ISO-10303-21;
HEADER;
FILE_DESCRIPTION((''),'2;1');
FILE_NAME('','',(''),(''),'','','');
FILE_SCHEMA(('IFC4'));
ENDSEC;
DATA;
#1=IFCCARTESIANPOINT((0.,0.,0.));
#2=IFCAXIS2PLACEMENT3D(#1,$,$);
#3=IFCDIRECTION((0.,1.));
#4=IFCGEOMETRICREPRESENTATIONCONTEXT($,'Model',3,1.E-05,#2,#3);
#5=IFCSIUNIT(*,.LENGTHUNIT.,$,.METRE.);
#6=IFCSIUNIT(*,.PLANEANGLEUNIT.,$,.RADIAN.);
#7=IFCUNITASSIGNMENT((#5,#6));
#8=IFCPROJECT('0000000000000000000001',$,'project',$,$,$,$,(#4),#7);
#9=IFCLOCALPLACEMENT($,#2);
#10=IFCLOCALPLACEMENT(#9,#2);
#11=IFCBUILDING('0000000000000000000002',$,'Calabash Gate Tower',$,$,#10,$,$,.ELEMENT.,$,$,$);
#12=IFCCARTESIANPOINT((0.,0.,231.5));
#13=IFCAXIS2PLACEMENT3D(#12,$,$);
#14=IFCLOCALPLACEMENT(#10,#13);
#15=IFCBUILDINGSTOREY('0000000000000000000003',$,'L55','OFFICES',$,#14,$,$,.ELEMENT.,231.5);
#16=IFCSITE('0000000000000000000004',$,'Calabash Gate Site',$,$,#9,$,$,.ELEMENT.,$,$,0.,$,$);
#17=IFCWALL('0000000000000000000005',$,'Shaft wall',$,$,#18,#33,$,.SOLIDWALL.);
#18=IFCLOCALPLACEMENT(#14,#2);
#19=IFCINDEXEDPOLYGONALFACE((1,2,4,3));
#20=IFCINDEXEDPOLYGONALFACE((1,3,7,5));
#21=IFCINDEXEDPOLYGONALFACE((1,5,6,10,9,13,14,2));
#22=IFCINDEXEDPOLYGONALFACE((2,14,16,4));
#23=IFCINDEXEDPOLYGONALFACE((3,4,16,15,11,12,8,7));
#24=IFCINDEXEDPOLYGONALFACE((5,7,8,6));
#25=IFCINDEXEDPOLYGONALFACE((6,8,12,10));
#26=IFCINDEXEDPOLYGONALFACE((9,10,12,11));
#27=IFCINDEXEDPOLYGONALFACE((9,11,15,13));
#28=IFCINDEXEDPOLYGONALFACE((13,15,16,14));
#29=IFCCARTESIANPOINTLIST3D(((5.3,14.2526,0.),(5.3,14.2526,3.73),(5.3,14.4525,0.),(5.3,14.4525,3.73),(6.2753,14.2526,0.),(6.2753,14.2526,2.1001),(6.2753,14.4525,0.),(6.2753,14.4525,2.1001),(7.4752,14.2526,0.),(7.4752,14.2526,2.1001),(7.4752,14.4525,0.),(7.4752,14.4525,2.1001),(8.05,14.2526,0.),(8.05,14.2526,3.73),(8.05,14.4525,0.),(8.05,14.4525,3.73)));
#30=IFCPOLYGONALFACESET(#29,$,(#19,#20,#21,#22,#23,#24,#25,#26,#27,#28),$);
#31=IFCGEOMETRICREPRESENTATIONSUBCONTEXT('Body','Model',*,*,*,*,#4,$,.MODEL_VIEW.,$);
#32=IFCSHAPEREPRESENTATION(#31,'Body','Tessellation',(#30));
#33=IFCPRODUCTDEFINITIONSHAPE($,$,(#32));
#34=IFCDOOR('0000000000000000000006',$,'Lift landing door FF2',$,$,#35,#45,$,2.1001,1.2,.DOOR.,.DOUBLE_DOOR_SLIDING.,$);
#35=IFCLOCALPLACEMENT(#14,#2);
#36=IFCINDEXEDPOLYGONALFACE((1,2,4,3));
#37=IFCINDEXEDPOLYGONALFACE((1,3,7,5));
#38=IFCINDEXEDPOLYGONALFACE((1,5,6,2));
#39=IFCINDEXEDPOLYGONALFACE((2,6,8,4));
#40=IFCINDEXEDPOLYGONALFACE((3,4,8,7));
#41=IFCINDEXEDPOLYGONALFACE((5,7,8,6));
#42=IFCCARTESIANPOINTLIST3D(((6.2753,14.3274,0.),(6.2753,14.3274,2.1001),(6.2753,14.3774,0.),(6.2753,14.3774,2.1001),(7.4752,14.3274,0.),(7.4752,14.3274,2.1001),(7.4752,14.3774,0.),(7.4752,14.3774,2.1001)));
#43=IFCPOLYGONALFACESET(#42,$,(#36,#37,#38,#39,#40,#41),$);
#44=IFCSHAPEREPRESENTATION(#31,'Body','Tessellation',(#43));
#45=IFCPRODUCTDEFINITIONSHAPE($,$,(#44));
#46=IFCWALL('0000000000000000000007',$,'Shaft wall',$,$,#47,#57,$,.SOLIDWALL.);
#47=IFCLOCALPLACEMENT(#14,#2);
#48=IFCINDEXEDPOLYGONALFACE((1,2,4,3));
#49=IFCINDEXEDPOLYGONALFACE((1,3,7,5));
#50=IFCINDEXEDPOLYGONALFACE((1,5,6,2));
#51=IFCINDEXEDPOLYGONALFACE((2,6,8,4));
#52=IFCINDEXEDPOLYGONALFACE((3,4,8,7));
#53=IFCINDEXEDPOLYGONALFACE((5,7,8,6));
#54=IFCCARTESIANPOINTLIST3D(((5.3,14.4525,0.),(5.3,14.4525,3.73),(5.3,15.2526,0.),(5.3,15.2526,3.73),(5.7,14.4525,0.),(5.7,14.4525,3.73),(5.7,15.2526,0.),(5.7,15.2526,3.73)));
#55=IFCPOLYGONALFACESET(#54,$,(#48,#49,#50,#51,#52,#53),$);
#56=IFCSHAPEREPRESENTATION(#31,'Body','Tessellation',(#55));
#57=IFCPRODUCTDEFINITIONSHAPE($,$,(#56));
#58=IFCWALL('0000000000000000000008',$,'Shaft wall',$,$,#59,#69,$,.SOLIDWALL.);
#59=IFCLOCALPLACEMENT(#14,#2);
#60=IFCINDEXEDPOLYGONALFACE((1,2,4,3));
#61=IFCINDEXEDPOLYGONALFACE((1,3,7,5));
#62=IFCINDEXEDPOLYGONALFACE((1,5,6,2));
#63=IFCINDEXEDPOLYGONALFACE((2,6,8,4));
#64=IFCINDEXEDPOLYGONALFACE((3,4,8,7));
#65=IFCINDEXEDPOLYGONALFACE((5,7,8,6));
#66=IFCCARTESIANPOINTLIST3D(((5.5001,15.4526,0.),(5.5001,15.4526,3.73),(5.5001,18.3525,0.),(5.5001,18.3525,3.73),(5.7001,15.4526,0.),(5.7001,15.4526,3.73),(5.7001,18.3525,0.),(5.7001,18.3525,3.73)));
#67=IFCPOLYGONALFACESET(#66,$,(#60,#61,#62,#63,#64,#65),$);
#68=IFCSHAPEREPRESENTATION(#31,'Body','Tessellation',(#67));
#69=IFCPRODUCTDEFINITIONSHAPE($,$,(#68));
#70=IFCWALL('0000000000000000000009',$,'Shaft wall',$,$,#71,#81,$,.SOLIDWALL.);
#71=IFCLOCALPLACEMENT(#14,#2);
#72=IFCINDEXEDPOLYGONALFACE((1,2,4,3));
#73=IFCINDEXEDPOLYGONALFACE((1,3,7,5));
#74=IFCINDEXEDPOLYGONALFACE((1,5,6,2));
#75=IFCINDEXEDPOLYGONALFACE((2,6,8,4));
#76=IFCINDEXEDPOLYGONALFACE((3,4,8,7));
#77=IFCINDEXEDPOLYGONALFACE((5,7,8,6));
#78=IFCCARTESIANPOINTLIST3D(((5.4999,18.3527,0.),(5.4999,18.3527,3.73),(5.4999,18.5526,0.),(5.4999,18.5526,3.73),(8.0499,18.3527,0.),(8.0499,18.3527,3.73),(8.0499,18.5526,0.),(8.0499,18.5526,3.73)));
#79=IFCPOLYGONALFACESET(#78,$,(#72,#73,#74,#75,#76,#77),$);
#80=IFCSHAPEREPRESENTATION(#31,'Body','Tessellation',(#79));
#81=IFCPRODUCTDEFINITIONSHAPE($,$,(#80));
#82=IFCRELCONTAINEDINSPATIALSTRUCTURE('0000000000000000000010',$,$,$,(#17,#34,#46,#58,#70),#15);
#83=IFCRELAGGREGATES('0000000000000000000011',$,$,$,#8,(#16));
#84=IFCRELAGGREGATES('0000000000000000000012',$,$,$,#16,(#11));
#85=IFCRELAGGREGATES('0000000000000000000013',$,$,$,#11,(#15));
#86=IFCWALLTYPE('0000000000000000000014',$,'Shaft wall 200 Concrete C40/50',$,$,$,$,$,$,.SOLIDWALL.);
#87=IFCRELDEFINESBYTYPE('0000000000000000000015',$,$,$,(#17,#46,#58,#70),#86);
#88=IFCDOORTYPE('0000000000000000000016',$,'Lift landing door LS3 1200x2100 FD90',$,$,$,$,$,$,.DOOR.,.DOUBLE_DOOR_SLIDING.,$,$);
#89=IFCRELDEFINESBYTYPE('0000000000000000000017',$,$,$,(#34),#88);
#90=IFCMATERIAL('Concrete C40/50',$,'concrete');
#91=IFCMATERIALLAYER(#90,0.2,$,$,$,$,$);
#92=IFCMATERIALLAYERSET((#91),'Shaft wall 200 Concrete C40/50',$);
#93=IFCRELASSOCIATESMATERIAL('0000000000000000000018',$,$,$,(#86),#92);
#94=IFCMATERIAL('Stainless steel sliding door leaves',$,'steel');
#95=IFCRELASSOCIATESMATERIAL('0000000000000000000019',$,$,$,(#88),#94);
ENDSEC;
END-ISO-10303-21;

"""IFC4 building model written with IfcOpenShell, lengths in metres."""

from ifc_helpers import new_model, si_unit, direction, frame, frame_2d, origin, place, context, subcontext, project, spatial, rectangle, extrude, material, layer, layer_set, type_object, element, fill, save


model = new_model("IFC4")

# Units and contexts
model_context = context("Model", 3, precision=1e-05, world=origin(), true_north=direction((0.0, 1.0)))
body_context = subcontext(model_context, "Body", "Model", "MODEL_VIEW")
ifc_project = project(units=[si_unit("LENGTHUNIT", "METRE"), si_unit("PLANEANGLEUNIT", "RADIAN")], contexts=[model_context])

# Site, building, storey
site_placement = place(None, origin())
site = spatial("IfcSite", under=ifc_project, at=site_placement, Name="Calabash Gate Site", CompositionType="ELEMENT", RefElevation=0.0)
building_placement = place(site_placement, origin())
building = spatial("IfcBuilding", under=site, at=building_placement, Name="Calabash Gate Tower", CompositionType="ELEMENT")
storey_placement = place(building_placement, frame((0.0, 0.0, 231.5)))
storey = spatial("IfcBuildingStorey", under=building, at=storey_placement, Name="L55", Description="OFFICES", CompositionType="ELEMENT", Elevation=231.5)

# Shared definitions
ifc_material_1 = material(Name="Concrete C40/50", Category="concrete")
ifc_layer_1 = layer(ifc_material_1, 0.2)
ifc_layer_set_1 = layer_set([ifc_layer_1], Name="Shaft wall 200 Concrete C40/50")
wall_type_1 = type_object("IfcWallType", Name="Shaft wall 200 Concrete C40/50", PredefinedType="SOLIDWALL", material=ifc_layer_set_1)

# Wall, opening, door
wall_1_placement = place(storey_placement, frame((5.3, 14.3525, 0.0), z_axis=(0.0, 0.0, 1.0), x_axis=(1.0, 0.0, 0.0)))
wall_1 = element("IfcWall", 1, at=wall_1_placement, inside=storey, type_object=wall_type_1, Name="Shaft wall", PredefinedType="SOLIDWALL", context=body_context, shape_type="SweptSolid", body=[
    extrude(rectangle(XDim=2.75, YDim=0.2, at=frame_2d((1.375, 0.0))), origin(), (0.0, 0.0, 1.0), 3.73),
])
opening_1_placement = place(wall_1_placement, frame((0.9751, 0.0, 0.0)))
opening_1 = element("IfcOpeningElement", 2, at=opening_1_placement, cuts=wall_1, PredefinedType="OPENING", context=body_context, shape_type="SweptSolid", body=[
    extrude(rectangle(XDim=1.2, YDim=2.1001, at=frame_2d((0.6001, 1.05))), frame((0.0, 0.1099, 0.0), z_axis=(0.0, -1.0, 0.0), x_axis=(1.0, 0.0, 0.0)), (0.0, 0.0, 1.0), 0.22),
])
ifc_material_2 = material(Name="Stainless steel sliding door leaves", Category="steel")
door_type_1 = type_object("IfcDoorType", Name="Lift landing door LS3 1200x2100 FD90", OperationType="DOUBLE_DOOR_SLIDING", PredefinedType="DOOR", material=ifc_material_2)
door_1_placement = place(opening_1_placement, origin())
door_1 = element("IfcDoor", 3, at=door_1_placement, inside=storey, type_object=door_type_1, Name="Lift landing door FF2", OperationType="DOUBLE_DOOR_SLIDING", OverallHeight=2.1001, OverallWidth=1.2, PredefinedType="DOOR", context=body_context, shape_type="SweptSolid", body=[
    extrude(rectangle(XDim=1.2, YDim=2.1001, at=frame_2d((0.6001, 1.05))), frame((0.0, 0.0249, 0.0), z_axis=(0.0, -1.0, 0.0), x_axis=(1.0, 0.0, 0.0)), (0.0, 0.0, 1.0), 0.05),
])
fill(opening_1, door_1)

# Walls
wall_2_placement = place(storey_placement, frame((5.5, 14.4526, 0.0), z_axis=(0.0, 0.0, 1.0), x_axis=(0.0, 1.0, 0.0)))
element("IfcWall", 4, at=wall_2_placement, inside=storey, type_object=wall_type_1, Name="Shaft wall", PredefinedType="SOLIDWALL", context=body_context, shape_type="SweptSolid", body=[
    extrude(rectangle(XDim=0.8, YDim=0.3999, at=frame_2d((0.3999, 0.0))), origin(), (0.0, 0.0, 1.0), 3.73),
])
wall_3_placement = place(storey_placement, frame((5.6001, 15.4526, 0.0), z_axis=(0.0, 0.0, 1.0), x_axis=(0.0, 1.0, 0.0)))
element("IfcWall", 5, at=wall_3_placement, inside=storey, type_object=wall_type_1, Name="Shaft wall", PredefinedType="SOLIDWALL", context=body_context, shape_type="SweptSolid", body=[
    extrude(rectangle(XDim=2.8999, YDim=0.2, at=frame_2d((1.45, 0.0))), origin(), (0.0, 0.0, 1.0), 3.73),
])
wall_4_placement = place(storey_placement, frame((5.5, 18.4526, 0.0), z_axis=(0.0, 0.0, 1.0), x_axis=(1.0, 0.0, 0.0)))
element("IfcWall", 6, at=wall_4_placement, inside=storey, type_object=wall_type_1, Name="Shaft wall", PredefinedType="SOLIDWALL", context=body_context, shape_type="SweptSolid", body=[
    extrude(rectangle(XDim=2.55, YDim=0.2, at=frame_2d((1.2749, 0.0))), origin(), (0.0, 0.0, 1.0), 3.73),
])

save(model, "model.ifc")
